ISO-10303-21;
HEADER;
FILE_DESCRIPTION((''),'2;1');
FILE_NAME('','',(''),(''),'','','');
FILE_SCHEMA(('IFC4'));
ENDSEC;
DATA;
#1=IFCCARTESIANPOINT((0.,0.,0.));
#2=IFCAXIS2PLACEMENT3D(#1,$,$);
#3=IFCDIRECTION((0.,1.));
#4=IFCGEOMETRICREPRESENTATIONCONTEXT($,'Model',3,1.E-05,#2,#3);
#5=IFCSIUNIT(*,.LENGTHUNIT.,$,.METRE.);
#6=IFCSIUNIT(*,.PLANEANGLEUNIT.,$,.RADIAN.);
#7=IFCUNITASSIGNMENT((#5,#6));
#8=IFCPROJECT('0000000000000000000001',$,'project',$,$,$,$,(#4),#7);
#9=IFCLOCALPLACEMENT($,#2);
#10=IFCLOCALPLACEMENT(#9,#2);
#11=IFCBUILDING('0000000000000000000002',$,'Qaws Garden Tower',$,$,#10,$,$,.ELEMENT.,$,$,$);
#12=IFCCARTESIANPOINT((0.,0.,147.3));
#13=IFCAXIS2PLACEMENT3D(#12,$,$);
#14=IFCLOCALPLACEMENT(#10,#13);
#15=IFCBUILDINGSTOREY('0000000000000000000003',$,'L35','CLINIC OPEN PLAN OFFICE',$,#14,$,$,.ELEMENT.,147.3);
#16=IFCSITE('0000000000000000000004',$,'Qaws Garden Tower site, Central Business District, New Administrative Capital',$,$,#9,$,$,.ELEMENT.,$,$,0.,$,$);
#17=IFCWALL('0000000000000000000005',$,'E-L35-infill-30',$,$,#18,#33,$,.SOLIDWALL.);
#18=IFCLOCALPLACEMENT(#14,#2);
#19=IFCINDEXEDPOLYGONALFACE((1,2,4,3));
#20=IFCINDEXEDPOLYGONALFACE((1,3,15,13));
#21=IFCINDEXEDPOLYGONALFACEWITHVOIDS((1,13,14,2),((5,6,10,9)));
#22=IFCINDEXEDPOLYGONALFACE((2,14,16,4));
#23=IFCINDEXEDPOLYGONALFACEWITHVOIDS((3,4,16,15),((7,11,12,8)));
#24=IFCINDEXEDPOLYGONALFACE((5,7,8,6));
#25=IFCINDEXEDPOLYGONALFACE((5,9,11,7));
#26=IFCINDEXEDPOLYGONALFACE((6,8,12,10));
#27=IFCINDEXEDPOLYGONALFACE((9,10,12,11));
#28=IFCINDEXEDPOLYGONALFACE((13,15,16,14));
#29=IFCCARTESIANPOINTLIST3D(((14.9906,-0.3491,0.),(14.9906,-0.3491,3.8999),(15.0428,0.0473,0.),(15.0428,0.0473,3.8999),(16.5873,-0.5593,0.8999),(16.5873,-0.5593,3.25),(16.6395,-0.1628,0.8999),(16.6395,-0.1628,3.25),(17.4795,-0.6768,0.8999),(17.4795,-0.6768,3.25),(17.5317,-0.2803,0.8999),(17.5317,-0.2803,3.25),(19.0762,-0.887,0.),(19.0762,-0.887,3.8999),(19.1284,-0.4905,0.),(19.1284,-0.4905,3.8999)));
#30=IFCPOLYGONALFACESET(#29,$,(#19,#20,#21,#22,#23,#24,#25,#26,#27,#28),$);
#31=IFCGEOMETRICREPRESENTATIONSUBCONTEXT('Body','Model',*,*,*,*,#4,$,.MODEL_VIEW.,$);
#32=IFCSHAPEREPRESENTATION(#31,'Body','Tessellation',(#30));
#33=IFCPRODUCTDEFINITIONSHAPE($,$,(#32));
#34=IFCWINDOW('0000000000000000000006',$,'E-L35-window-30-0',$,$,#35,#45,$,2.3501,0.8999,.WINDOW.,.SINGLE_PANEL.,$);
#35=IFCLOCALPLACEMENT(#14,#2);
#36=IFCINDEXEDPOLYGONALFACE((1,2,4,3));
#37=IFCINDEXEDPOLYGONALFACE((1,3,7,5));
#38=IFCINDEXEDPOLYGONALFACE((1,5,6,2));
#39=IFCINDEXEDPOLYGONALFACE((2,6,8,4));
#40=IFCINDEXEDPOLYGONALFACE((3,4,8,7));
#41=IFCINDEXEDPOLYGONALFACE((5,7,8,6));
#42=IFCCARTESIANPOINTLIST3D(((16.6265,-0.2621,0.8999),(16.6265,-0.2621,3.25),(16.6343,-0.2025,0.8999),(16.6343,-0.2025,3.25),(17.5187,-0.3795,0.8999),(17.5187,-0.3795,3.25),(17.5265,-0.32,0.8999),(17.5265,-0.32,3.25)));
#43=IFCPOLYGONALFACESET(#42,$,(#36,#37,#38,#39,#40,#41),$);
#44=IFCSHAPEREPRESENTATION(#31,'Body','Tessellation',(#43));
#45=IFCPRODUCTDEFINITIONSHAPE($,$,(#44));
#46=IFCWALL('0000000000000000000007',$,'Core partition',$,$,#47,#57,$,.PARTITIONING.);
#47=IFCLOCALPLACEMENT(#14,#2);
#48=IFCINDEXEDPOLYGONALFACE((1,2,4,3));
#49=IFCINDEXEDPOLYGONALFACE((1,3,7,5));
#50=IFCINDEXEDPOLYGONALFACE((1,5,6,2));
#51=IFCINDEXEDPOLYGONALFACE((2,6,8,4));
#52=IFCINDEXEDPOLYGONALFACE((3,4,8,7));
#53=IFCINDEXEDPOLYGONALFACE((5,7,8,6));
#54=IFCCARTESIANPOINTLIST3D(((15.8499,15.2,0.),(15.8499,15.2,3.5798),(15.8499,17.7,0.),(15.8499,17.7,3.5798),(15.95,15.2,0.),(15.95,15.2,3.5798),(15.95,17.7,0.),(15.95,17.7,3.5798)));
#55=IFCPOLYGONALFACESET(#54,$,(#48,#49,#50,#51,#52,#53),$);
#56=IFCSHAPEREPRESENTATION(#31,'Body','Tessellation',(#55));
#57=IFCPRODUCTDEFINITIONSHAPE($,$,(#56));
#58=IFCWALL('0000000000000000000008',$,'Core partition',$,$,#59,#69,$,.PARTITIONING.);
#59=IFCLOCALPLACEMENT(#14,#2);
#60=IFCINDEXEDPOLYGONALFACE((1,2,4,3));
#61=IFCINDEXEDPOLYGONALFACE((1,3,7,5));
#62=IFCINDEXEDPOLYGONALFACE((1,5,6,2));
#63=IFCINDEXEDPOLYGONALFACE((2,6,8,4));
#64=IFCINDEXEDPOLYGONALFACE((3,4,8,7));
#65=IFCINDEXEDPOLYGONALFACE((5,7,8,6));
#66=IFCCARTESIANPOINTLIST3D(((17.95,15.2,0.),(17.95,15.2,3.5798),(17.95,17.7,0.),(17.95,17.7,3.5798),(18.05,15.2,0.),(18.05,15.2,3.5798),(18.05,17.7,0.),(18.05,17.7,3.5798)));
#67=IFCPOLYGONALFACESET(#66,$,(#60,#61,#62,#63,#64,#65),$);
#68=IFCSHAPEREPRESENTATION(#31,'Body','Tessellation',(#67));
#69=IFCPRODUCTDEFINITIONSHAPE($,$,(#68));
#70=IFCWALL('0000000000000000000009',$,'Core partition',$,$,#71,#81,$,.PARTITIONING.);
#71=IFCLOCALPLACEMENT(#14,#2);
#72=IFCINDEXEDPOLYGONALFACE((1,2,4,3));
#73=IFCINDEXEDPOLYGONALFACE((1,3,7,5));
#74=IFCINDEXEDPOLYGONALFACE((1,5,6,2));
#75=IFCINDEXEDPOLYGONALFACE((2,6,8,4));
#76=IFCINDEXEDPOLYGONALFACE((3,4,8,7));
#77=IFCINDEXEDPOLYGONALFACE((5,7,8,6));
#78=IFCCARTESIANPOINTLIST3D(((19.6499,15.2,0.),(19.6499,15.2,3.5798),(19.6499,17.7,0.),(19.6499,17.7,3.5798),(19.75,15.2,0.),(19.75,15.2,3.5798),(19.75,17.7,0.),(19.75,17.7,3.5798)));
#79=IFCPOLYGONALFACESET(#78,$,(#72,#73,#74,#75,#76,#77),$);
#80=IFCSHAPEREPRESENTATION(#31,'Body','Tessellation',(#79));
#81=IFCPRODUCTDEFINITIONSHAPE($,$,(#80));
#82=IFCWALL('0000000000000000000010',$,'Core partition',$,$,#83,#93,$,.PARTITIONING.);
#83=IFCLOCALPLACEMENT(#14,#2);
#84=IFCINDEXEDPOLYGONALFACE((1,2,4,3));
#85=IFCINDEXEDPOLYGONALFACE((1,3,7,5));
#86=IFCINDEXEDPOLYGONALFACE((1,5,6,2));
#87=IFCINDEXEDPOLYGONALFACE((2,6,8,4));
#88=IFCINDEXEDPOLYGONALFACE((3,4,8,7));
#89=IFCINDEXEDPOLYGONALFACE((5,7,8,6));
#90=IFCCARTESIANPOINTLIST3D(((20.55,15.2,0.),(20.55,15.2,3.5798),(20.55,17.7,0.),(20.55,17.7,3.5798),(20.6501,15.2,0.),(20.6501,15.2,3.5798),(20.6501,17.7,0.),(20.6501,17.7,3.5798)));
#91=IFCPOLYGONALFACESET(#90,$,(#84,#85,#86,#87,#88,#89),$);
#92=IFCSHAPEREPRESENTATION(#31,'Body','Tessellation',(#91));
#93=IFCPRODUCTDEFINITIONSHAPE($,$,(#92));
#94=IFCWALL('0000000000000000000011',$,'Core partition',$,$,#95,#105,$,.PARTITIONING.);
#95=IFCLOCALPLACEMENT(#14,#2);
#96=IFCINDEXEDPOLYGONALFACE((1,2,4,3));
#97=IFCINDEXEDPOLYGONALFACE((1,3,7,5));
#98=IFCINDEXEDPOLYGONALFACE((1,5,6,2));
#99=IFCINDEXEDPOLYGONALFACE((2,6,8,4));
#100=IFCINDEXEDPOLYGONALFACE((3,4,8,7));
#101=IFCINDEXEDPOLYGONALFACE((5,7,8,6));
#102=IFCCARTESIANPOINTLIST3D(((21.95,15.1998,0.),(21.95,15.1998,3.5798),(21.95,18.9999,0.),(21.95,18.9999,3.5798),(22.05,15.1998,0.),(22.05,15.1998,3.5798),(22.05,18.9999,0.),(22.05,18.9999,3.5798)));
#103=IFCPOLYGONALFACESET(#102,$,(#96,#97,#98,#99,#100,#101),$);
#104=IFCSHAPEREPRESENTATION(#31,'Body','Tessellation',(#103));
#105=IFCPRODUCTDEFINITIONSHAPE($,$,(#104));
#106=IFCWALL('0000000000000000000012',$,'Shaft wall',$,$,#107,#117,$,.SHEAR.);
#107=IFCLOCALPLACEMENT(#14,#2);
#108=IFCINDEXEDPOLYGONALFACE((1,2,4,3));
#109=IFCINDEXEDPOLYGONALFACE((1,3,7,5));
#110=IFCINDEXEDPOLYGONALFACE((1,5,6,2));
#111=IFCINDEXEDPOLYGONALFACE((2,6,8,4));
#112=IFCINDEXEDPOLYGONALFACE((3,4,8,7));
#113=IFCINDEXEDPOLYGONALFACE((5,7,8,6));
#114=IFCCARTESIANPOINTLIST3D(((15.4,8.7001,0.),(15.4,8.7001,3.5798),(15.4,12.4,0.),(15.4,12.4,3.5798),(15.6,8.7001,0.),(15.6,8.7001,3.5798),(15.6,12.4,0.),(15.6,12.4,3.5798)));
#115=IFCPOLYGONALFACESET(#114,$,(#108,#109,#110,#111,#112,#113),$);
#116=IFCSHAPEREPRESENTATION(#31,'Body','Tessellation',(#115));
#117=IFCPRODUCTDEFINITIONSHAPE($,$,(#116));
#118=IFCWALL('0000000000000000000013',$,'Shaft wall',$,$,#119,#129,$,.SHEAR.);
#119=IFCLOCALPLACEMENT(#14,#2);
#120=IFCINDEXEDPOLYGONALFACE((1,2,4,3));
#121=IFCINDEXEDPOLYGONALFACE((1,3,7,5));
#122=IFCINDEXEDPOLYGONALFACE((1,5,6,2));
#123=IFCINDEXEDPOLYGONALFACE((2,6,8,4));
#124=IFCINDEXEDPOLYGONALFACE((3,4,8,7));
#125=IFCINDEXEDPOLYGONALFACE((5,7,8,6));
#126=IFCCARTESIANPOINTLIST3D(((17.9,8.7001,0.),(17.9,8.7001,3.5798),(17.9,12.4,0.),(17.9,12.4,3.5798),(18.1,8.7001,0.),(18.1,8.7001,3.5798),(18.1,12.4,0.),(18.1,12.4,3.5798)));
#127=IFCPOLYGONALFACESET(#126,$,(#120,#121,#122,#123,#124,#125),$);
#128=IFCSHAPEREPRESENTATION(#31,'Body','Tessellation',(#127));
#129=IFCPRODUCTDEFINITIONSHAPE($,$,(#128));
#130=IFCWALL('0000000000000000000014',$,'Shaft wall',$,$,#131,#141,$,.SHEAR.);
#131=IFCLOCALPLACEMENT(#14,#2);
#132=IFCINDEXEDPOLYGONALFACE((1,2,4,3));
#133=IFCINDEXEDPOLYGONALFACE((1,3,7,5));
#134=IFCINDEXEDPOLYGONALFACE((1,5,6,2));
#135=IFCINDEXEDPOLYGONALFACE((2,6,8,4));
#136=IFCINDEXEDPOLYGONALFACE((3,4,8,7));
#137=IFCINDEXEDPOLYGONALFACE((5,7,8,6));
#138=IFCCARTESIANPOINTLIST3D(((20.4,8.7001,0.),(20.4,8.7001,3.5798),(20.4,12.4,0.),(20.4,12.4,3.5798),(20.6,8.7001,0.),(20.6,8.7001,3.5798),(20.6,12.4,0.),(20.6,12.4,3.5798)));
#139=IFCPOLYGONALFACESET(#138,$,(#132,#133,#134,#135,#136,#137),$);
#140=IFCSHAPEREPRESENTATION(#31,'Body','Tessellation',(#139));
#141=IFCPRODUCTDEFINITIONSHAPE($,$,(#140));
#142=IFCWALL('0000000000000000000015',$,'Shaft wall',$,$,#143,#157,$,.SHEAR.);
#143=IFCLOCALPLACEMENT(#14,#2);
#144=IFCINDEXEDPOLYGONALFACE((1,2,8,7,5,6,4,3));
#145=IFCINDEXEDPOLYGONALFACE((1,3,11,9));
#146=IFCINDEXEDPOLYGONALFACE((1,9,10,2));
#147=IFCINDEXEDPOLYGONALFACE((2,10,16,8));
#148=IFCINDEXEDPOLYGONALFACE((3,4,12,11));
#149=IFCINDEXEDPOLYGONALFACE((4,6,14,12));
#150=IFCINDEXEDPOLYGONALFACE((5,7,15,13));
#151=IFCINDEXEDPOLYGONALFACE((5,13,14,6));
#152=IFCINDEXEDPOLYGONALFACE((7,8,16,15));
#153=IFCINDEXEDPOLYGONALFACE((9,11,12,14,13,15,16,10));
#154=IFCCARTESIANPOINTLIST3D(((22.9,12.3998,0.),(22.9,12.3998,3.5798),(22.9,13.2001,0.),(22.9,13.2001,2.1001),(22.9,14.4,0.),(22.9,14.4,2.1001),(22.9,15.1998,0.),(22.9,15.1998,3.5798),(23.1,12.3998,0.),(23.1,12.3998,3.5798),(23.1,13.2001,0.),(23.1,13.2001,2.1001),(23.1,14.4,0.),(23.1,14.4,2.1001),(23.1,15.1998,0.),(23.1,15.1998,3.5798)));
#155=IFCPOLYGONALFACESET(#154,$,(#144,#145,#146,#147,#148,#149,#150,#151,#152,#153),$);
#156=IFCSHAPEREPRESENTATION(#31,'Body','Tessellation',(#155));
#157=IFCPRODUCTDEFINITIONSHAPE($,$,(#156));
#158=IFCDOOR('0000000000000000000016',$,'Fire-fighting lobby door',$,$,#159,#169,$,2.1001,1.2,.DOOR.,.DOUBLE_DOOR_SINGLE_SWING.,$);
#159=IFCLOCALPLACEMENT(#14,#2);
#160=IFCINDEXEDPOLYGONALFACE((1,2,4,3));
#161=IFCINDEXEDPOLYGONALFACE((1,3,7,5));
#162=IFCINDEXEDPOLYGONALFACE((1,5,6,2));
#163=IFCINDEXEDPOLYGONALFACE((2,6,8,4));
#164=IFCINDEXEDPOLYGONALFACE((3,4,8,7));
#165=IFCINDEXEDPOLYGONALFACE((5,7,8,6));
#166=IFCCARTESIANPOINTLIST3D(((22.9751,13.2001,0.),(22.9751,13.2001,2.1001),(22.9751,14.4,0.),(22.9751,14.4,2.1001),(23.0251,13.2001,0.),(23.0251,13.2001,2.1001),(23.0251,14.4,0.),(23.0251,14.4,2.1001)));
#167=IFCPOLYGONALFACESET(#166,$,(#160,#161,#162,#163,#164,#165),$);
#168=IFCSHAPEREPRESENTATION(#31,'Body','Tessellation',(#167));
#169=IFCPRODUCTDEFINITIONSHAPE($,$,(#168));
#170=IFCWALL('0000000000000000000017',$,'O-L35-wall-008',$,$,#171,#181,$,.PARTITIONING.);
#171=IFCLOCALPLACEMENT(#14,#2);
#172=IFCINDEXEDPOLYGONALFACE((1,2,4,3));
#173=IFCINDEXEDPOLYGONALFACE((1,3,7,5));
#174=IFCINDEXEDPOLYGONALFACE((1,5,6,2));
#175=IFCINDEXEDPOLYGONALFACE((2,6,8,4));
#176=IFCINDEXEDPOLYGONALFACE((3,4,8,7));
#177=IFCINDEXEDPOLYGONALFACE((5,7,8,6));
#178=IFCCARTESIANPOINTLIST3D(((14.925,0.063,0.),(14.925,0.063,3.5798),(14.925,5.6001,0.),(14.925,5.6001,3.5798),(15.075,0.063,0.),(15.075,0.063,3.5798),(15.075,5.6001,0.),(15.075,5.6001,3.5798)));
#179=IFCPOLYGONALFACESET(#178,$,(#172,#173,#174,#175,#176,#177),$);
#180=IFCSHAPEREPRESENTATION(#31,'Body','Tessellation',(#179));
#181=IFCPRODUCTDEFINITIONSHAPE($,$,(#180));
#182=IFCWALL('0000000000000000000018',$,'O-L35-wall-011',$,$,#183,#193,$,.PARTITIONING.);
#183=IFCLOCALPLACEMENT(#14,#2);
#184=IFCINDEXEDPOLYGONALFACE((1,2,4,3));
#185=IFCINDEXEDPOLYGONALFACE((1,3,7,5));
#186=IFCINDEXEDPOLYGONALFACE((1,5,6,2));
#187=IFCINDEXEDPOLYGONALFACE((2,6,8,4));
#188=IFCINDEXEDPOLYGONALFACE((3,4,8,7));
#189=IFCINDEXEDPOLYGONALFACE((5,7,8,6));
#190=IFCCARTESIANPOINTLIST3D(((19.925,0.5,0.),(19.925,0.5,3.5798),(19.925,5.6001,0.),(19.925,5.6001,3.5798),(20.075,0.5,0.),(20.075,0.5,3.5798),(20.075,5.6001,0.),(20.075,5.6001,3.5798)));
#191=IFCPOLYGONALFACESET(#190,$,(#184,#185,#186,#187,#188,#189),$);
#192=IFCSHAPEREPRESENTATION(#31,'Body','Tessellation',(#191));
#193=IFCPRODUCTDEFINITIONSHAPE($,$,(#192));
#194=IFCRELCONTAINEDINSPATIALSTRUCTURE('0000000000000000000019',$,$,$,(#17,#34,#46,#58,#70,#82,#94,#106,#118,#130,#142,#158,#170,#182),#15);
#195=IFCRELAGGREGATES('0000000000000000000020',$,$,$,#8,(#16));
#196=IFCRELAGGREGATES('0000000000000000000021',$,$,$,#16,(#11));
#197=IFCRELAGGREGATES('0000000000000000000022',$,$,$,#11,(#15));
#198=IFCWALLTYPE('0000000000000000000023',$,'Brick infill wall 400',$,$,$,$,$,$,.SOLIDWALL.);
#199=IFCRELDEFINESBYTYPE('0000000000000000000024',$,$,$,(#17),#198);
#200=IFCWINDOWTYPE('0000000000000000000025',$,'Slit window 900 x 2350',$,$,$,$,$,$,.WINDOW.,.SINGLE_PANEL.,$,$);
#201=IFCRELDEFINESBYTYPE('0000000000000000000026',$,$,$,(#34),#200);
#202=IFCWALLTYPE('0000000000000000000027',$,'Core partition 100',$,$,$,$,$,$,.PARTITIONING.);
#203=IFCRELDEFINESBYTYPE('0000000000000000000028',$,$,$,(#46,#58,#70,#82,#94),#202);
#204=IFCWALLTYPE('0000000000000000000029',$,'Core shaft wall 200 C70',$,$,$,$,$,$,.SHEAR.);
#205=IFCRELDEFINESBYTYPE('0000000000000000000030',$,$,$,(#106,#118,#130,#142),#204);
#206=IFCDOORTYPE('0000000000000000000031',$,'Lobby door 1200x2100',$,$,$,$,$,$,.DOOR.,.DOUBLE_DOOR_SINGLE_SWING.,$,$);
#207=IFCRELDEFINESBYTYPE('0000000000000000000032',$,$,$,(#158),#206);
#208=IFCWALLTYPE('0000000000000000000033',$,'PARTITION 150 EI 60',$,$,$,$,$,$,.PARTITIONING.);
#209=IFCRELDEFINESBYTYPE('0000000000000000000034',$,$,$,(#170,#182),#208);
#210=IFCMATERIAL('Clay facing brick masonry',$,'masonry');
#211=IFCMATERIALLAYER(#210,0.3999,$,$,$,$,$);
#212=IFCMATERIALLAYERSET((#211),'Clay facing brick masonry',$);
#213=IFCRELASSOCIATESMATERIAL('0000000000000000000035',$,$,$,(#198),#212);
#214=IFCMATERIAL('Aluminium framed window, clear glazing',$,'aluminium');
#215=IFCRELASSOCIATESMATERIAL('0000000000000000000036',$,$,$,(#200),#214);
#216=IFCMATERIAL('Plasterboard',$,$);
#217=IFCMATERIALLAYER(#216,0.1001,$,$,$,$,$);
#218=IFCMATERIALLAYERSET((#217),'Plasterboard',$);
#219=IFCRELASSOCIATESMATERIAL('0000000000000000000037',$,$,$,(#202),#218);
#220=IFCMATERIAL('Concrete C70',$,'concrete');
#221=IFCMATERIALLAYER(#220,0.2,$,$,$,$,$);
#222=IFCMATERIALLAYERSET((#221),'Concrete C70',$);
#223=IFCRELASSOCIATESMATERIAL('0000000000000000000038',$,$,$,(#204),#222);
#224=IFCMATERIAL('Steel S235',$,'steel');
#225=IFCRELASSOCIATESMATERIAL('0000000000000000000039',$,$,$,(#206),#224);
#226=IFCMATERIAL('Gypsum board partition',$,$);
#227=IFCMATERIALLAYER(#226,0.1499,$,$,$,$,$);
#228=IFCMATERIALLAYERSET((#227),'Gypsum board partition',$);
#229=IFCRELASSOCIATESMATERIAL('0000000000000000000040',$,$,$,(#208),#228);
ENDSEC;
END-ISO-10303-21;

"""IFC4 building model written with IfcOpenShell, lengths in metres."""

from ifc_helpers import new_model, si_unit, direction, frame, frame_2d, origin, place, context, subcontext, project, spatial, rectangle, extrude, material, layer, layer_set, type_object, element, fill, save


model = new_model("IFC4")

# Units and contexts
model_context = context("Model", 3, precision=1e-05, world=origin(), true_north=direction((0.0, 1.0)))
body_context = subcontext(model_context, "Body", "Model", "MODEL_VIEW")
ifc_project = project(units=[si_unit("LENGTHUNIT", "METRE"), si_unit("PLANEANGLEUNIT", "RADIAN")], contexts=[model_context])

# Site, building, storey
site_placement = place(None, origin())
site = spatial("IfcSite", under=ifc_project, at=site_placement, Name="Qaws Garden Tower site, Central Business District, New Administrative Capital", CompositionType="ELEMENT", RefElevation=0.0)
building_placement = place(site_placement, origin())
building = spatial("IfcBuilding", under=site, at=building_placement, Name="Qaws Garden Tower", CompositionType="ELEMENT")
storey_placement = place(building_placement, frame((0.0, 0.0, 147.3)))
storey = spatial("IfcBuildingStorey", under=building, at=storey_placement, Name="L35", Description="CLINIC OPEN PLAN OFFICE", CompositionType="ELEMENT", Elevation=147.3)

# Shared definitions
ifc_material_1 = material(Name="Clay facing brick masonry", Category="masonry")
ifc_layer_1 = layer(ifc_material_1, 0.3999)
ifc_layer_set_1 = layer_set([ifc_layer_1], Name="Clay facing brick masonry")
wall_type_1 = type_object("IfcWallType", Name="Brick infill wall 400", PredefinedType="SOLIDWALL", material=ifc_layer_set_1)
ifc_material_2 = material(Name="Aluminium framed window, clear glazing", Category="aluminium")
window_type = type_object("IfcWindowType", Name="Slit window 900 x 2350", PartitioningType="SINGLE_PANEL", PredefinedType="WINDOW", material=ifc_material_2)

# Wall, opening, window
wall_1_placement = place(storey_placement, frame((15.0166, -0.1509, 0.0), z_axis=(0.0, 0.0, 1.0), x_axis=(0.991446, -0.130514, 0.0)))
wall_1 = element("IfcWall", 1, at=wall_1_placement, inside=storey, type_object=wall_type_1, Name="E-L35-infill-30", PredefinedType="SOLIDWALL", context=body_context, shape_type="SweptSolid", body=[
    extrude(rectangle(XDim=4.1208, YDim=0.3999, at=frame_2d((2.0605, 0.0))), origin(), (0.0, 0.0, 1.0), 3.8999),
])
opening_1_placement = place(wall_1_placement, frame((1.6106, 0.0, 0.8999)))
opening_1 = element("IfcOpeningElement", 2, at=opening_1_placement, cuts=wall_1, PredefinedType="OPENING", context=body_context, shape_type="SweptSolid", body=[
    extrude(rectangle(XDim=0.8999, YDim=2.3501, at=frame_2d((0.45, 1.175))), frame((0.0, 0.21, 0.0), z_axis=(0.0, -1.0, 0.0), x_axis=(1.0, 0.0, 0.0)), (0.0, 0.0, 1.0), 0.4199),
])
window_1_placement = place(opening_1_placement, origin())
window_1 = element("IfcWindow", 3, at=window_1_placement, inside=storey, type_object=window_type, Name="E-L35-window-30-0", OverallHeight=2.3501, OverallWidth=0.8999, PartitioningType="SINGLE_PANEL", PredefinedType="WINDOW", context=body_context, shape_type="SweptSolid", body=[
    extrude(rectangle(XDim=0.8999, YDim=2.3501, at=frame_2d((0.45, 1.175))), frame((0.0, 0.1599, 0.0), z_axis=(0.0, -1.0, 0.0), x_axis=(1.0, 0.0, 0.0)), (0.0, 0.0, 1.0), 0.0601),
])
fill(opening_1, window_1)

# Walls
ifc_material_3 = material(Name="Plasterboard")
ifc_layer_2 = layer(ifc_material_3, 0.1001)
ifc_layer_set_2 = layer_set([ifc_layer_2], Name="Plasterboard")
wall_type_2 = type_object("IfcWallType", Name="Core partition 100", PredefinedType="PARTITIONING", material=ifc_layer_set_2)
for number, where, z_axis, x_axis, name in (
    (4, (15.8999, 15.2, 0.0), (0.0, 0.0, 1.0), (0.0, 1.0, 0.0), "Core partition"),
    (5, (18.0, 15.2, 0.0), (0.0, 0.0, 1.0), (0.0, 1.0, 0.0), "Core partition"),
    (6, (19.7, 15.2, 0.0), (0.0, 0.0, 1.0), (0.0, 1.0, 0.0), "Core partition"),
    (7, (20.6001, 15.2, 0.0), (0.0, 0.0, 1.0), (0.0, 1.0, 0.0), "Core partition"),
):
    element("IfcWall", number, at=place(storey_placement, frame(where, z_axis=z_axis, x_axis=x_axis)), inside=storey, type_object=wall_type_2, Name=name, PredefinedType="PARTITIONING", context=body_context, shape_type="SweptSolid", body=[
        extrude(rectangle(XDim=2.5, YDim=0.1001, at=frame_2d((1.25, 0.0))), origin(), (0.0, 0.0, 1.0), 3.5798),
    ])
wall_2_placement = place(storey_placement, frame((22.0, 15.2, 0.0), z_axis=(0.0, 0.0, 1.0), x_axis=(0.0, 1.0, 0.0)))
element("IfcWall", 8, at=wall_2_placement, inside=storey, type_object=wall_type_2, Name="Core partition", PredefinedType="PARTITIONING", context=body_context, shape_type="SweptSolid", body=[
    extrude(rectangle(XDim=3.8, YDim=0.1001, at=frame_2d((1.8999, 0.0))), origin(), (0.0, 0.0, 1.0), 3.5798),
])
ifc_material_4 = material(Name="Concrete C70", Category="concrete")
ifc_layer_3 = layer(ifc_material_4, 0.2)
ifc_layer_set_3 = layer_set([ifc_layer_3], Name="Concrete C70")
wall_type_3 = type_object("IfcWallType", Name="Core shaft wall 200 C70", PredefinedType="SHEAR", material=ifc_layer_set_3)
for number, where, z_axis, x_axis, name in (
    (9, (15.5, 8.7, 0.0), (0.0, 0.0, 1.0), (0.0, 1.0, 0.0), "Shaft wall"),
    (10, (18.0, 8.7, 0.0), (0.0, 0.0, 1.0), (0.0, 1.0, 0.0), "Shaft wall"),
    (11, (20.5, 8.7, 0.0), (0.0, 0.0, 1.0), (0.0, 1.0, 0.0), "Shaft wall"),
):
    element("IfcWall", number, at=place(storey_placement, frame(where, z_axis=z_axis, x_axis=x_axis)), inside=storey, type_object=wall_type_3, Name=name, PredefinedType="SHEAR", context=body_context, shape_type="SweptSolid", body=[
        extrude(rectangle(XDim=3.7, YDim=0.2, at=frame_2d((1.8501, 0.0))), origin(), (0.0, 0.0, 1.0), 3.5798),
    ])

# Wall, opening, door
wall_3_placement = place(storey_placement, frame((23.0, 12.3999, 0.0), z_axis=(0.0, 0.0, 1.0), x_axis=(0.0, 1.0, 0.0)))
wall_3 = element("IfcWall", 12, at=wall_3_placement, inside=storey, type_object=wall_type_3, Name="Shaft wall", PredefinedType="SHEAR", context=body_context, shape_type="SweptSolid", body=[
    extrude(rectangle(XDim=2.8, YDim=0.2, at=frame_2d((1.3999, 0.0))), origin(), (0.0, 0.0, 1.0), 3.5798),
])
opening_2_placement = place(wall_3_placement, frame((0.8, 0.0, 0.0)))
opening_2 = element("IfcOpeningElement", 13, at=opening_2_placement, cuts=wall_3, PredefinedType="OPENING", context=body_context, shape_type="SweptSolid", body=[
    extrude(rectangle(XDim=1.2, YDim=2.1001, at=frame_2d((0.6001, 1.05))), frame((0.0, 0.1099, 0.0), z_axis=(0.0, -1.0, 0.0), x_axis=(1.0, 0.0, 0.0)), (0.0, 0.0, 1.0), 0.22),
])
ifc_material_5 = material(Name="Steel S235", Category="steel")
door_type = type_object("IfcDoorType", Name="Lobby door 1200x2100", OperationType="DOUBLE_DOOR_SINGLE_SWING", PredefinedType="DOOR", material=ifc_material_5)
door_placement = place(opening_2_placement, origin())
door = element("IfcDoor", 14, at=door_placement, inside=storey, type_object=door_type, Name="Fire-fighting lobby door", OperationType="DOUBLE_DOOR_SINGLE_SWING", OverallHeight=2.1001, OverallWidth=1.2, PredefinedType="DOOR", context=body_context, shape_type="SweptSolid", body=[
    extrude(rectangle(XDim=1.2, YDim=2.1001, at=frame_2d((0.6001, 1.05))), frame((0.0, 0.0249, 0.0), z_axis=(0.0, -1.0, 0.0), x_axis=(1.0, 0.0, 0.0)), (0.0, 0.0, 1.0), 0.05),
])
fill(opening_2, door)

# Walls
ifc_material_6 = material(Name="Gypsum board partition")
ifc_layer_4 = layer(ifc_material_6, 0.1499)
ifc_layer_set_4 = layer_set([ifc_layer_4], Name="Gypsum board partition")
wall_type_4 = type_object("IfcWallType", Name="PARTITION 150 EI 60", PredefinedType="PARTITIONING", material=ifc_layer_set_4)
wall_4_placement = place(storey_placement, frame((15.0, 0.063, 0.0), z_axis=(0.0, 0.0, 1.0), x_axis=(0.0, 1.0, 0.0)))
element("IfcWall", 15, at=wall_4_placement, inside=storey, type_object=wall_type_4, Name="O-L35-wall-008", PredefinedType="PARTITIONING", context=body_context, shape_type="SweptSolid", body=[
    extrude(rectangle(XDim=5.5371, YDim=0.1499, at=frame_2d((2.7686, 0.0))), origin(), (0.0, 0.0, 1.0), 3.5798),
])
wall_5_placement = place(storey_placement, frame((20.0, 0.5, 0.0), z_axis=(0.0, 0.0, 1.0), x_axis=(0.0, 1.0, 0.0)))
element("IfcWall", 16, at=wall_5_placement, inside=storey, type_object=wall_type_4, Name="O-L35-wall-011", PredefinedType="PARTITIONING", context=body_context, shape_type="SweptSolid", body=[
    extrude(rectangle(XDim=5.1001, YDim=0.1499, at=frame_2d((2.55, 0.0))), origin(), (0.0, 0.0, 1.0), 3.5798),
])

save(model, "model.ifc")
